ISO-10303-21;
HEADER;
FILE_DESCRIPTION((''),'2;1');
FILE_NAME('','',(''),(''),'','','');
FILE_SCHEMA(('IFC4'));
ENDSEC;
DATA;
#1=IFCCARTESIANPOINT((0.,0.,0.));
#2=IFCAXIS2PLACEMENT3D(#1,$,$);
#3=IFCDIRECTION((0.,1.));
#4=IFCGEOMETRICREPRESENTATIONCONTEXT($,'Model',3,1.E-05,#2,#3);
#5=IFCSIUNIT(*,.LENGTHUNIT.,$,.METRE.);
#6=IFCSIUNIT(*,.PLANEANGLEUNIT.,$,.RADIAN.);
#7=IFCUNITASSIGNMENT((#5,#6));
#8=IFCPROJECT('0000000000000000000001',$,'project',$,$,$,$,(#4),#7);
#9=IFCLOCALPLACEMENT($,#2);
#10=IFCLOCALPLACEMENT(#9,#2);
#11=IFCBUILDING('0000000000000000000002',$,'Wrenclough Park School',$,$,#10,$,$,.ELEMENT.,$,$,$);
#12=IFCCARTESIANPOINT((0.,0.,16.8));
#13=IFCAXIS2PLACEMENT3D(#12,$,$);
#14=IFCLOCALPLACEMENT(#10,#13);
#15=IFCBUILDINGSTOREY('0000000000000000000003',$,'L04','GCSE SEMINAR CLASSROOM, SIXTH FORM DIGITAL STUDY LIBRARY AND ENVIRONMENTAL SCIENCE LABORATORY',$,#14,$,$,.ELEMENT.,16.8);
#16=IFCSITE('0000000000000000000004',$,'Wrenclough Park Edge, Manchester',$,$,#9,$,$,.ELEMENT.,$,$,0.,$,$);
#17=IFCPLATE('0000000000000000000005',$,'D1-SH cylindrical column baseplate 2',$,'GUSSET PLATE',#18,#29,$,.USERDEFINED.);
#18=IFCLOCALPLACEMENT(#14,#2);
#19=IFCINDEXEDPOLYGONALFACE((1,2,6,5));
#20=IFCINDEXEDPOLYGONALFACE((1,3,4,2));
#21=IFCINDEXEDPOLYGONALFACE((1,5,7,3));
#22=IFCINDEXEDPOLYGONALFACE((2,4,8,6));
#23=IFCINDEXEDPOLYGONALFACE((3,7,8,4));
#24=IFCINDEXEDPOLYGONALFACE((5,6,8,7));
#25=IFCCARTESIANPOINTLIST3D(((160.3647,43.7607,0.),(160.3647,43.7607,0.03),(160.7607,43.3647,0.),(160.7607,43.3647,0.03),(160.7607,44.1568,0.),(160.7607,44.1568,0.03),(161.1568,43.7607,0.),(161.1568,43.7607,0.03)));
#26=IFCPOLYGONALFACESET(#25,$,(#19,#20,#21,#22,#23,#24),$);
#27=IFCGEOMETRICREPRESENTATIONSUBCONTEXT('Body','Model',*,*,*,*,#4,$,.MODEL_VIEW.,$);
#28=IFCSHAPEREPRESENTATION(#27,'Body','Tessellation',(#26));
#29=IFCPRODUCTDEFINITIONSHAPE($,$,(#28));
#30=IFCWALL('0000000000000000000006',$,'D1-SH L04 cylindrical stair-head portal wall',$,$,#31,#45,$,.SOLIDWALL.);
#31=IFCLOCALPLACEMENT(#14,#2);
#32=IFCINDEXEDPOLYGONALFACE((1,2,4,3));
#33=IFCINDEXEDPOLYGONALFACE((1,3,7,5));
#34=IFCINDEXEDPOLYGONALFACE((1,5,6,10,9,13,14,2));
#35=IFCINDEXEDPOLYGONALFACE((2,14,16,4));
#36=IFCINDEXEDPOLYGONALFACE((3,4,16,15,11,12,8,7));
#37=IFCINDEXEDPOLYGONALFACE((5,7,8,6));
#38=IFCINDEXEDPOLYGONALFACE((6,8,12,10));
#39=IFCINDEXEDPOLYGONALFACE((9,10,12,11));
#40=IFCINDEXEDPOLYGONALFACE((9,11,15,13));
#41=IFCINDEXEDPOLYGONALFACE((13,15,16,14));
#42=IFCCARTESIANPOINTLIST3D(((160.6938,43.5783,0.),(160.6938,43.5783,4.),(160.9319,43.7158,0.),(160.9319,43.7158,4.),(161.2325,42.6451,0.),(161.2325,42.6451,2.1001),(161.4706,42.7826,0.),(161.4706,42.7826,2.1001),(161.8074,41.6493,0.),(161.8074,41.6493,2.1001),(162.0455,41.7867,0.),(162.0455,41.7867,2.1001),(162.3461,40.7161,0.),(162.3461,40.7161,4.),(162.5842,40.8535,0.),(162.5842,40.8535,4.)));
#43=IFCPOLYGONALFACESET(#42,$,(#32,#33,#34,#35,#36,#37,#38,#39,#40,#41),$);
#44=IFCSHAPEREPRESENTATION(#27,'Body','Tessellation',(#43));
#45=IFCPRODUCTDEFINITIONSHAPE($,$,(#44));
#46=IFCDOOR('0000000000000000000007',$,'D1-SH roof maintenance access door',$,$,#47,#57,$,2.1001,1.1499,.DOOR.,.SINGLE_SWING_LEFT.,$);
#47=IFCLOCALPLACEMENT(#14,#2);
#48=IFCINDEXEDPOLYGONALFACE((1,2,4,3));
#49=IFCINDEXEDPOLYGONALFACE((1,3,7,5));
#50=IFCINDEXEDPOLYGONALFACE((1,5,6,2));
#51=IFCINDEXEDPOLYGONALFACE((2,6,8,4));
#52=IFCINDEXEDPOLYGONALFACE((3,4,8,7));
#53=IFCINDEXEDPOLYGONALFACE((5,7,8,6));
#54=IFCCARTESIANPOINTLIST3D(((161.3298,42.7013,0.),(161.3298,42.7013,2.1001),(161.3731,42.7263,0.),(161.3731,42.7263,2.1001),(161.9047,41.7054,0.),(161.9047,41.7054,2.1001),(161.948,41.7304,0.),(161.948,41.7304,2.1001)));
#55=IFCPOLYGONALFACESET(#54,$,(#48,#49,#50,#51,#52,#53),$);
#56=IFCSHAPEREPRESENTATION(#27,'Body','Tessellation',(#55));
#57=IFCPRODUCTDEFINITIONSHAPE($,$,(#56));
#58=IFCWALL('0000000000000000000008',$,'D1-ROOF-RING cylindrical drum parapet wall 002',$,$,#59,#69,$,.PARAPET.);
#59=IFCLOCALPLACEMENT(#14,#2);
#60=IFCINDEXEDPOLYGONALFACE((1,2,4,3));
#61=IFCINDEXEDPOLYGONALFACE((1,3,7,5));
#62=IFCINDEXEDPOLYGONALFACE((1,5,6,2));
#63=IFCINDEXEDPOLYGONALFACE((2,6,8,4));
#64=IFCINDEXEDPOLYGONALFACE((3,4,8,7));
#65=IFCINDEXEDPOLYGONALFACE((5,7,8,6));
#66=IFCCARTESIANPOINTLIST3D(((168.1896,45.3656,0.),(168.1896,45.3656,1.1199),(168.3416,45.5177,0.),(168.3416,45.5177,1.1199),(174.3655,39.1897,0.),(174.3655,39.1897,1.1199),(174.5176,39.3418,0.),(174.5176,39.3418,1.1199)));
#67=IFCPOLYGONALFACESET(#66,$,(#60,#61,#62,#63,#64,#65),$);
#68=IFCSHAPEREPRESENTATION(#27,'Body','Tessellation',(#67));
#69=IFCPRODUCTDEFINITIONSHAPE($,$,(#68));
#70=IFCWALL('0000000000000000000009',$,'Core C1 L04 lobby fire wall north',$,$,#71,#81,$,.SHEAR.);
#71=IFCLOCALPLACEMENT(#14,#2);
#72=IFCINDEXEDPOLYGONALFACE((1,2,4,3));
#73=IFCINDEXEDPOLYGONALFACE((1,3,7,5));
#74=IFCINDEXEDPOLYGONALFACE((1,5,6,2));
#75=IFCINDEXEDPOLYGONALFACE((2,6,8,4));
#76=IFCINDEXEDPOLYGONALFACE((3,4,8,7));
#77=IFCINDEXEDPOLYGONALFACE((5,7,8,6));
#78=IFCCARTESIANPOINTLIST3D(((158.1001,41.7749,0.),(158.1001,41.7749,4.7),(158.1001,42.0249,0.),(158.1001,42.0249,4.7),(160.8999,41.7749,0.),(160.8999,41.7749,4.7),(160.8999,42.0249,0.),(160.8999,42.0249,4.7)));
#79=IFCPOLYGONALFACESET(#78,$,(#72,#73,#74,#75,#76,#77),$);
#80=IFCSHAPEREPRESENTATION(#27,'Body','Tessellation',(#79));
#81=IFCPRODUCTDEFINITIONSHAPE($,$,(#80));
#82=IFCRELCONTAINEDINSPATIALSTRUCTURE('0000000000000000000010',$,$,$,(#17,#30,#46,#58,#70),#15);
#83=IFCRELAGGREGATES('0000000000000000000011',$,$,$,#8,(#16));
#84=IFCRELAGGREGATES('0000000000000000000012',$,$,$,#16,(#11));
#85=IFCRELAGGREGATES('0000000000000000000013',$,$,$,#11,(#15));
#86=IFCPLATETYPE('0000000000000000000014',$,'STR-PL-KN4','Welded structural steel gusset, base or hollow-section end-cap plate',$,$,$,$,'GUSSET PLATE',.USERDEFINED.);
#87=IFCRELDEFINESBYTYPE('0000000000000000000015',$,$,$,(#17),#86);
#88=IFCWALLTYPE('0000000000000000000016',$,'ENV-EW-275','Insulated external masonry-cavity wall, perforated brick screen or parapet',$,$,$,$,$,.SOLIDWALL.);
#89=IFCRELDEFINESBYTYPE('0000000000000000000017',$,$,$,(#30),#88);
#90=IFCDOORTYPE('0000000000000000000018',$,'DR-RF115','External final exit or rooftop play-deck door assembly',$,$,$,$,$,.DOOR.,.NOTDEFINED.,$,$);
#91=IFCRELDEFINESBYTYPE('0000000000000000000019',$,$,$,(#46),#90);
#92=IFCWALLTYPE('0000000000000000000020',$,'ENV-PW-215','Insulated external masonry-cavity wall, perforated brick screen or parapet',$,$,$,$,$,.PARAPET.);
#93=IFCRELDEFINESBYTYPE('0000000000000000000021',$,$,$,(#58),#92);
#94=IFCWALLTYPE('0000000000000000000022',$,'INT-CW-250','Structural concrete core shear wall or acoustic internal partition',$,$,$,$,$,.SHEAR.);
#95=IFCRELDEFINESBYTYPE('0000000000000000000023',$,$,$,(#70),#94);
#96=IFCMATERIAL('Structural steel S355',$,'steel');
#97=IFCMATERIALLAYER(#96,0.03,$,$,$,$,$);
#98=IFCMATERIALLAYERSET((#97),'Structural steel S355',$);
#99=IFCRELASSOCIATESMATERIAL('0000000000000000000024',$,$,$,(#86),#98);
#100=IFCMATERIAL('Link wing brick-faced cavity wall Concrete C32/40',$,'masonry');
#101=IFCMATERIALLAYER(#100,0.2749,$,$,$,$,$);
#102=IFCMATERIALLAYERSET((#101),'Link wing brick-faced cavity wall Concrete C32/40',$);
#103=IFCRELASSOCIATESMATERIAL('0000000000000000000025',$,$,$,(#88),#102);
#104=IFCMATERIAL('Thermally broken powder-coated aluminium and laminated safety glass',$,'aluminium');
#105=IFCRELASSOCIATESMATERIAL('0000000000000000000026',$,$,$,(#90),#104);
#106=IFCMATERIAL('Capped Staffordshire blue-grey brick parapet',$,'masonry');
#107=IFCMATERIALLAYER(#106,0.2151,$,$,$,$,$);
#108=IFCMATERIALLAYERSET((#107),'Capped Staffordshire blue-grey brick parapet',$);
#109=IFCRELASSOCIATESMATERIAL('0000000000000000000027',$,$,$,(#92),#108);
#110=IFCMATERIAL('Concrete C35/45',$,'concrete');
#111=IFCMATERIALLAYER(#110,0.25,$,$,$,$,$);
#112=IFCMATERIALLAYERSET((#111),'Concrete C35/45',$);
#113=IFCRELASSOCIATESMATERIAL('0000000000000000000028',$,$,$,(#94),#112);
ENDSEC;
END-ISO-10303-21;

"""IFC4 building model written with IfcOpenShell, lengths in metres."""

from ifc_helpers import new_model, si_unit, direction, frame, frame_2d, origin, origin_2d, place, context, subcontext, project, spatial, rectangle, extrude, material, layer, layer_set, type_object, element, fill, save


model = new_model("IFC4")

# Units and contexts
model_context = context("Model", 3, precision=1e-05, world=origin(), true_north=direction((0.0, 1.0)))
body_context = subcontext(model_context, "Body", "Model", "MODEL_VIEW")
ifc_project = project(units=[si_unit("LENGTHUNIT", "METRE"), si_unit("PLANEANGLEUNIT", "RADIAN")], contexts=[model_context])

# Site, building, storey
site_placement = place(None, origin())
site = spatial("IfcSite", under=ifc_project, at=site_placement, Name="Wrenclough Park Edge, Manchester", CompositionType="ELEMENT", RefElevation=0.0)
building_placement = place(site_placement, origin())
building = spatial("IfcBuilding", under=site, at=building_placement, Name="Wrenclough Park School", CompositionType="ELEMENT")
storey_placement = place(building_placement, frame((0.0, 0.0, 16.8)))
storey = spatial("IfcBuildingStorey", under=building, at=storey_placement, Name="L04", Description="GCSE SEMINAR CLASSROOM, SIXTH FORM DIGITAL STUDY LIBRARY AND ENVIRONMENTAL SCIENCE LABORATORY", CompositionType="ELEMENT", Elevation=16.8)

# Shared definitions
ifc_material_1 = material(Name="Structural steel S355", Category="steel")

# Plate
ifc_layer_1 = layer(ifc_material_1, 0.03)
ifc_layer_set_1 = layer_set([ifc_layer_1], Name="Structural steel S355")
plate_type_1 = type_object("IfcPlateType", Name="STR-PL-KN4", Description="Welded structural steel gusset, base or hollow-section end-cap plate", ElementType="GUSSET PLATE", PredefinedType="USERDEFINED", material=ifc_layer_set_1)
plate_1_placement = place(storey_placement, frame((160.7607, 43.7607, 0.0), z_axis=(0.0, 0.0, 1.0), x_axis=(-0.707107, 0.707107, 0.0)))
element("IfcPlate", 1, at=plate_1_placement, inside=storey, type_object=plate_type_1, Name="D1-SH cylindrical column baseplate 2", ObjectType="GUSSET PLATE", PredefinedType="USERDEFINED", context=body_context, shape_type="SweptSolid", body=[
    extrude(rectangle(XDim=0.5601, YDim=0.5601, at=origin_2d()), origin(), (0.0, 0.0, 1.0), 0.03),
])

# Wall, opening, door
ifc_material_2 = material(Name="Link wing brick-faced cavity wall Concrete C32/40", Category="masonry")
ifc_layer_2 = layer(ifc_material_2, 0.2749)
ifc_layer_set_2 = layer_set([ifc_layer_2], Name="Link wing brick-faced cavity wall Concrete C32/40")
wall_type_1 = type_object("IfcWallType", Name="ENV-EW-275", Description="Insulated external masonry-cavity wall, perforated brick screen or parapet", PredefinedType="SOLIDWALL", material=ifc_layer_set_2)
wall_1_placement = place(storey_placement, frame((162.4651, 40.7849, 0.0), z_axis=(0.0, 0.0, 1.0), x_axis=(-0.499953, 0.866053, 0.0)))
wall_1 = element("IfcWall", 2, at=wall_1_placement, inside=storey, type_object=wall_type_1, Name="D1-SH L04 cylindrical stair-head portal wall", PredefinedType="SOLIDWALL", context=body_context, shape_type="SweptSolid", body=[
    extrude(rectangle(XDim=3.3049, YDim=0.2749, at=frame_2d((1.6523, 0.0))), origin(), (0.0, 0.0, 1.0), 4.0),
])
opening_placement = place(wall_1_placement, frame((1.0774, 0.0, 0.0)))
opening = element("IfcOpeningElement", 3, at=opening_placement, cuts=wall_1, PredefinedType="OPENING", context=body_context, shape_type="SweptSolid", body=[
    extrude(rectangle(XDim=1.1499, YDim=2.1001, at=frame_2d((0.575, 1.05))), frame((0.0, 0.1475, 0.0), z_axis=(0.0, -1.0, 0.0), x_axis=(1.0, 0.0, 0.0)), (0.0, 0.0, 1.0), 0.2949),
])
ifc_material_3 = material(Name="Thermally broken powder-coated aluminium and laminated safety glass", Category="aluminium")
door_type = type_object("IfcDoorType", Name="DR-RF115", Description="External final exit or rooftop play-deck door assembly", OperationType="NOTDEFINED", PredefinedType="DOOR", material=ifc_material_3)
door_placement = place(opening_placement, frame((1.1499, 0.0, 0.0), z_axis=(0.0, 0.0, 1.0), x_axis=(-1.0, 0.0, 0.0)))
door = element("IfcDoor", 4, at=door_placement, inside=storey, type_object=door_type, Name="D1-SH roof maintenance access door", OperationType="SINGLE_SWING_LEFT", OverallHeight=2.1001, OverallWidth=1.1499, PredefinedType="DOOR", context=body_context, shape_type="SweptSolid", body=[
    extrude(rectangle(XDim=1.1499, YDim=2.1001, at=frame_2d((0.575, 1.05))), frame((0.0, 0.0249, 0.0), z_axis=(0.0, -1.0, 0.0), x_axis=(1.0, 0.0, 0.0)), (0.0, 0.0, 1.0), 0.05),
])
fill(opening, door)

# Walls
ifc_material_4 = material(Name="Capped Staffordshire blue-grey brick parapet", Category="masonry")
ifc_layer_3 = layer(ifc_material_4, 0.2151)
ifc_layer_set_3 = layer_set([ifc_layer_3], Name="Capped Staffordshire blue-grey brick parapet")
wall_type_2 = type_object("IfcWallType", Name="ENV-PW-215", Description="Insulated external masonry-cavity wall, perforated brick screen or parapet", PredefinedType="PARAPET", material=ifc_layer_set_3)
wall_2_placement = place(storey_placement, frame((174.4417, 39.2656, 0.0), z_axis=(0.0, 0.0, 1.0), x_axis=(-0.707107, 0.707107, 0.0)))
element("IfcWall", 5, at=wall_2_placement, inside=storey, type_object=wall_type_2, Name="D1-ROOF-RING cylindrical drum parapet wall 002", PredefinedType="PARAPET", context=body_context, shape_type="SweptSolid", body=[
    extrude(rectangle(XDim=8.7341, YDim=0.2151, at=frame_2d((4.3672, 0.0))), origin(), (0.0, 0.0, 1.0), 1.1199),
])
ifc_material_5 = material(Name="Concrete C35/45", Category="concrete")
ifc_layer_4 = layer(ifc_material_5, 0.25)
ifc_layer_set_4 = layer_set([ifc_layer_4], Name="Concrete C35/45")
wall_type_3 = type_object("IfcWallType", Name="INT-CW-250", Description="Structural concrete core shear wall or acoustic internal partition", PredefinedType="SHEAR", material=ifc_layer_set_4)
wall_3_placement = place(storey_placement, frame((160.8999, 41.8999, 0.0), z_axis=(0.0, 0.0, 1.0), x_axis=(-1.0, 0.0, 0.0)))
element("IfcWall", 6, at=wall_3_placement, inside=storey, type_object=wall_type_3, Name="Core C1 L04 lobby fire wall north", PredefinedType="SHEAR", context=body_context, shape_type="SweptSolid", body=[
    extrude(rectangle(XDim=2.7998, YDim=0.25, at=frame_2d((1.3999, 0.0))), origin(), (0.0, 0.0, 1.0), 4.7),
])

save(model, "model.ifc")
